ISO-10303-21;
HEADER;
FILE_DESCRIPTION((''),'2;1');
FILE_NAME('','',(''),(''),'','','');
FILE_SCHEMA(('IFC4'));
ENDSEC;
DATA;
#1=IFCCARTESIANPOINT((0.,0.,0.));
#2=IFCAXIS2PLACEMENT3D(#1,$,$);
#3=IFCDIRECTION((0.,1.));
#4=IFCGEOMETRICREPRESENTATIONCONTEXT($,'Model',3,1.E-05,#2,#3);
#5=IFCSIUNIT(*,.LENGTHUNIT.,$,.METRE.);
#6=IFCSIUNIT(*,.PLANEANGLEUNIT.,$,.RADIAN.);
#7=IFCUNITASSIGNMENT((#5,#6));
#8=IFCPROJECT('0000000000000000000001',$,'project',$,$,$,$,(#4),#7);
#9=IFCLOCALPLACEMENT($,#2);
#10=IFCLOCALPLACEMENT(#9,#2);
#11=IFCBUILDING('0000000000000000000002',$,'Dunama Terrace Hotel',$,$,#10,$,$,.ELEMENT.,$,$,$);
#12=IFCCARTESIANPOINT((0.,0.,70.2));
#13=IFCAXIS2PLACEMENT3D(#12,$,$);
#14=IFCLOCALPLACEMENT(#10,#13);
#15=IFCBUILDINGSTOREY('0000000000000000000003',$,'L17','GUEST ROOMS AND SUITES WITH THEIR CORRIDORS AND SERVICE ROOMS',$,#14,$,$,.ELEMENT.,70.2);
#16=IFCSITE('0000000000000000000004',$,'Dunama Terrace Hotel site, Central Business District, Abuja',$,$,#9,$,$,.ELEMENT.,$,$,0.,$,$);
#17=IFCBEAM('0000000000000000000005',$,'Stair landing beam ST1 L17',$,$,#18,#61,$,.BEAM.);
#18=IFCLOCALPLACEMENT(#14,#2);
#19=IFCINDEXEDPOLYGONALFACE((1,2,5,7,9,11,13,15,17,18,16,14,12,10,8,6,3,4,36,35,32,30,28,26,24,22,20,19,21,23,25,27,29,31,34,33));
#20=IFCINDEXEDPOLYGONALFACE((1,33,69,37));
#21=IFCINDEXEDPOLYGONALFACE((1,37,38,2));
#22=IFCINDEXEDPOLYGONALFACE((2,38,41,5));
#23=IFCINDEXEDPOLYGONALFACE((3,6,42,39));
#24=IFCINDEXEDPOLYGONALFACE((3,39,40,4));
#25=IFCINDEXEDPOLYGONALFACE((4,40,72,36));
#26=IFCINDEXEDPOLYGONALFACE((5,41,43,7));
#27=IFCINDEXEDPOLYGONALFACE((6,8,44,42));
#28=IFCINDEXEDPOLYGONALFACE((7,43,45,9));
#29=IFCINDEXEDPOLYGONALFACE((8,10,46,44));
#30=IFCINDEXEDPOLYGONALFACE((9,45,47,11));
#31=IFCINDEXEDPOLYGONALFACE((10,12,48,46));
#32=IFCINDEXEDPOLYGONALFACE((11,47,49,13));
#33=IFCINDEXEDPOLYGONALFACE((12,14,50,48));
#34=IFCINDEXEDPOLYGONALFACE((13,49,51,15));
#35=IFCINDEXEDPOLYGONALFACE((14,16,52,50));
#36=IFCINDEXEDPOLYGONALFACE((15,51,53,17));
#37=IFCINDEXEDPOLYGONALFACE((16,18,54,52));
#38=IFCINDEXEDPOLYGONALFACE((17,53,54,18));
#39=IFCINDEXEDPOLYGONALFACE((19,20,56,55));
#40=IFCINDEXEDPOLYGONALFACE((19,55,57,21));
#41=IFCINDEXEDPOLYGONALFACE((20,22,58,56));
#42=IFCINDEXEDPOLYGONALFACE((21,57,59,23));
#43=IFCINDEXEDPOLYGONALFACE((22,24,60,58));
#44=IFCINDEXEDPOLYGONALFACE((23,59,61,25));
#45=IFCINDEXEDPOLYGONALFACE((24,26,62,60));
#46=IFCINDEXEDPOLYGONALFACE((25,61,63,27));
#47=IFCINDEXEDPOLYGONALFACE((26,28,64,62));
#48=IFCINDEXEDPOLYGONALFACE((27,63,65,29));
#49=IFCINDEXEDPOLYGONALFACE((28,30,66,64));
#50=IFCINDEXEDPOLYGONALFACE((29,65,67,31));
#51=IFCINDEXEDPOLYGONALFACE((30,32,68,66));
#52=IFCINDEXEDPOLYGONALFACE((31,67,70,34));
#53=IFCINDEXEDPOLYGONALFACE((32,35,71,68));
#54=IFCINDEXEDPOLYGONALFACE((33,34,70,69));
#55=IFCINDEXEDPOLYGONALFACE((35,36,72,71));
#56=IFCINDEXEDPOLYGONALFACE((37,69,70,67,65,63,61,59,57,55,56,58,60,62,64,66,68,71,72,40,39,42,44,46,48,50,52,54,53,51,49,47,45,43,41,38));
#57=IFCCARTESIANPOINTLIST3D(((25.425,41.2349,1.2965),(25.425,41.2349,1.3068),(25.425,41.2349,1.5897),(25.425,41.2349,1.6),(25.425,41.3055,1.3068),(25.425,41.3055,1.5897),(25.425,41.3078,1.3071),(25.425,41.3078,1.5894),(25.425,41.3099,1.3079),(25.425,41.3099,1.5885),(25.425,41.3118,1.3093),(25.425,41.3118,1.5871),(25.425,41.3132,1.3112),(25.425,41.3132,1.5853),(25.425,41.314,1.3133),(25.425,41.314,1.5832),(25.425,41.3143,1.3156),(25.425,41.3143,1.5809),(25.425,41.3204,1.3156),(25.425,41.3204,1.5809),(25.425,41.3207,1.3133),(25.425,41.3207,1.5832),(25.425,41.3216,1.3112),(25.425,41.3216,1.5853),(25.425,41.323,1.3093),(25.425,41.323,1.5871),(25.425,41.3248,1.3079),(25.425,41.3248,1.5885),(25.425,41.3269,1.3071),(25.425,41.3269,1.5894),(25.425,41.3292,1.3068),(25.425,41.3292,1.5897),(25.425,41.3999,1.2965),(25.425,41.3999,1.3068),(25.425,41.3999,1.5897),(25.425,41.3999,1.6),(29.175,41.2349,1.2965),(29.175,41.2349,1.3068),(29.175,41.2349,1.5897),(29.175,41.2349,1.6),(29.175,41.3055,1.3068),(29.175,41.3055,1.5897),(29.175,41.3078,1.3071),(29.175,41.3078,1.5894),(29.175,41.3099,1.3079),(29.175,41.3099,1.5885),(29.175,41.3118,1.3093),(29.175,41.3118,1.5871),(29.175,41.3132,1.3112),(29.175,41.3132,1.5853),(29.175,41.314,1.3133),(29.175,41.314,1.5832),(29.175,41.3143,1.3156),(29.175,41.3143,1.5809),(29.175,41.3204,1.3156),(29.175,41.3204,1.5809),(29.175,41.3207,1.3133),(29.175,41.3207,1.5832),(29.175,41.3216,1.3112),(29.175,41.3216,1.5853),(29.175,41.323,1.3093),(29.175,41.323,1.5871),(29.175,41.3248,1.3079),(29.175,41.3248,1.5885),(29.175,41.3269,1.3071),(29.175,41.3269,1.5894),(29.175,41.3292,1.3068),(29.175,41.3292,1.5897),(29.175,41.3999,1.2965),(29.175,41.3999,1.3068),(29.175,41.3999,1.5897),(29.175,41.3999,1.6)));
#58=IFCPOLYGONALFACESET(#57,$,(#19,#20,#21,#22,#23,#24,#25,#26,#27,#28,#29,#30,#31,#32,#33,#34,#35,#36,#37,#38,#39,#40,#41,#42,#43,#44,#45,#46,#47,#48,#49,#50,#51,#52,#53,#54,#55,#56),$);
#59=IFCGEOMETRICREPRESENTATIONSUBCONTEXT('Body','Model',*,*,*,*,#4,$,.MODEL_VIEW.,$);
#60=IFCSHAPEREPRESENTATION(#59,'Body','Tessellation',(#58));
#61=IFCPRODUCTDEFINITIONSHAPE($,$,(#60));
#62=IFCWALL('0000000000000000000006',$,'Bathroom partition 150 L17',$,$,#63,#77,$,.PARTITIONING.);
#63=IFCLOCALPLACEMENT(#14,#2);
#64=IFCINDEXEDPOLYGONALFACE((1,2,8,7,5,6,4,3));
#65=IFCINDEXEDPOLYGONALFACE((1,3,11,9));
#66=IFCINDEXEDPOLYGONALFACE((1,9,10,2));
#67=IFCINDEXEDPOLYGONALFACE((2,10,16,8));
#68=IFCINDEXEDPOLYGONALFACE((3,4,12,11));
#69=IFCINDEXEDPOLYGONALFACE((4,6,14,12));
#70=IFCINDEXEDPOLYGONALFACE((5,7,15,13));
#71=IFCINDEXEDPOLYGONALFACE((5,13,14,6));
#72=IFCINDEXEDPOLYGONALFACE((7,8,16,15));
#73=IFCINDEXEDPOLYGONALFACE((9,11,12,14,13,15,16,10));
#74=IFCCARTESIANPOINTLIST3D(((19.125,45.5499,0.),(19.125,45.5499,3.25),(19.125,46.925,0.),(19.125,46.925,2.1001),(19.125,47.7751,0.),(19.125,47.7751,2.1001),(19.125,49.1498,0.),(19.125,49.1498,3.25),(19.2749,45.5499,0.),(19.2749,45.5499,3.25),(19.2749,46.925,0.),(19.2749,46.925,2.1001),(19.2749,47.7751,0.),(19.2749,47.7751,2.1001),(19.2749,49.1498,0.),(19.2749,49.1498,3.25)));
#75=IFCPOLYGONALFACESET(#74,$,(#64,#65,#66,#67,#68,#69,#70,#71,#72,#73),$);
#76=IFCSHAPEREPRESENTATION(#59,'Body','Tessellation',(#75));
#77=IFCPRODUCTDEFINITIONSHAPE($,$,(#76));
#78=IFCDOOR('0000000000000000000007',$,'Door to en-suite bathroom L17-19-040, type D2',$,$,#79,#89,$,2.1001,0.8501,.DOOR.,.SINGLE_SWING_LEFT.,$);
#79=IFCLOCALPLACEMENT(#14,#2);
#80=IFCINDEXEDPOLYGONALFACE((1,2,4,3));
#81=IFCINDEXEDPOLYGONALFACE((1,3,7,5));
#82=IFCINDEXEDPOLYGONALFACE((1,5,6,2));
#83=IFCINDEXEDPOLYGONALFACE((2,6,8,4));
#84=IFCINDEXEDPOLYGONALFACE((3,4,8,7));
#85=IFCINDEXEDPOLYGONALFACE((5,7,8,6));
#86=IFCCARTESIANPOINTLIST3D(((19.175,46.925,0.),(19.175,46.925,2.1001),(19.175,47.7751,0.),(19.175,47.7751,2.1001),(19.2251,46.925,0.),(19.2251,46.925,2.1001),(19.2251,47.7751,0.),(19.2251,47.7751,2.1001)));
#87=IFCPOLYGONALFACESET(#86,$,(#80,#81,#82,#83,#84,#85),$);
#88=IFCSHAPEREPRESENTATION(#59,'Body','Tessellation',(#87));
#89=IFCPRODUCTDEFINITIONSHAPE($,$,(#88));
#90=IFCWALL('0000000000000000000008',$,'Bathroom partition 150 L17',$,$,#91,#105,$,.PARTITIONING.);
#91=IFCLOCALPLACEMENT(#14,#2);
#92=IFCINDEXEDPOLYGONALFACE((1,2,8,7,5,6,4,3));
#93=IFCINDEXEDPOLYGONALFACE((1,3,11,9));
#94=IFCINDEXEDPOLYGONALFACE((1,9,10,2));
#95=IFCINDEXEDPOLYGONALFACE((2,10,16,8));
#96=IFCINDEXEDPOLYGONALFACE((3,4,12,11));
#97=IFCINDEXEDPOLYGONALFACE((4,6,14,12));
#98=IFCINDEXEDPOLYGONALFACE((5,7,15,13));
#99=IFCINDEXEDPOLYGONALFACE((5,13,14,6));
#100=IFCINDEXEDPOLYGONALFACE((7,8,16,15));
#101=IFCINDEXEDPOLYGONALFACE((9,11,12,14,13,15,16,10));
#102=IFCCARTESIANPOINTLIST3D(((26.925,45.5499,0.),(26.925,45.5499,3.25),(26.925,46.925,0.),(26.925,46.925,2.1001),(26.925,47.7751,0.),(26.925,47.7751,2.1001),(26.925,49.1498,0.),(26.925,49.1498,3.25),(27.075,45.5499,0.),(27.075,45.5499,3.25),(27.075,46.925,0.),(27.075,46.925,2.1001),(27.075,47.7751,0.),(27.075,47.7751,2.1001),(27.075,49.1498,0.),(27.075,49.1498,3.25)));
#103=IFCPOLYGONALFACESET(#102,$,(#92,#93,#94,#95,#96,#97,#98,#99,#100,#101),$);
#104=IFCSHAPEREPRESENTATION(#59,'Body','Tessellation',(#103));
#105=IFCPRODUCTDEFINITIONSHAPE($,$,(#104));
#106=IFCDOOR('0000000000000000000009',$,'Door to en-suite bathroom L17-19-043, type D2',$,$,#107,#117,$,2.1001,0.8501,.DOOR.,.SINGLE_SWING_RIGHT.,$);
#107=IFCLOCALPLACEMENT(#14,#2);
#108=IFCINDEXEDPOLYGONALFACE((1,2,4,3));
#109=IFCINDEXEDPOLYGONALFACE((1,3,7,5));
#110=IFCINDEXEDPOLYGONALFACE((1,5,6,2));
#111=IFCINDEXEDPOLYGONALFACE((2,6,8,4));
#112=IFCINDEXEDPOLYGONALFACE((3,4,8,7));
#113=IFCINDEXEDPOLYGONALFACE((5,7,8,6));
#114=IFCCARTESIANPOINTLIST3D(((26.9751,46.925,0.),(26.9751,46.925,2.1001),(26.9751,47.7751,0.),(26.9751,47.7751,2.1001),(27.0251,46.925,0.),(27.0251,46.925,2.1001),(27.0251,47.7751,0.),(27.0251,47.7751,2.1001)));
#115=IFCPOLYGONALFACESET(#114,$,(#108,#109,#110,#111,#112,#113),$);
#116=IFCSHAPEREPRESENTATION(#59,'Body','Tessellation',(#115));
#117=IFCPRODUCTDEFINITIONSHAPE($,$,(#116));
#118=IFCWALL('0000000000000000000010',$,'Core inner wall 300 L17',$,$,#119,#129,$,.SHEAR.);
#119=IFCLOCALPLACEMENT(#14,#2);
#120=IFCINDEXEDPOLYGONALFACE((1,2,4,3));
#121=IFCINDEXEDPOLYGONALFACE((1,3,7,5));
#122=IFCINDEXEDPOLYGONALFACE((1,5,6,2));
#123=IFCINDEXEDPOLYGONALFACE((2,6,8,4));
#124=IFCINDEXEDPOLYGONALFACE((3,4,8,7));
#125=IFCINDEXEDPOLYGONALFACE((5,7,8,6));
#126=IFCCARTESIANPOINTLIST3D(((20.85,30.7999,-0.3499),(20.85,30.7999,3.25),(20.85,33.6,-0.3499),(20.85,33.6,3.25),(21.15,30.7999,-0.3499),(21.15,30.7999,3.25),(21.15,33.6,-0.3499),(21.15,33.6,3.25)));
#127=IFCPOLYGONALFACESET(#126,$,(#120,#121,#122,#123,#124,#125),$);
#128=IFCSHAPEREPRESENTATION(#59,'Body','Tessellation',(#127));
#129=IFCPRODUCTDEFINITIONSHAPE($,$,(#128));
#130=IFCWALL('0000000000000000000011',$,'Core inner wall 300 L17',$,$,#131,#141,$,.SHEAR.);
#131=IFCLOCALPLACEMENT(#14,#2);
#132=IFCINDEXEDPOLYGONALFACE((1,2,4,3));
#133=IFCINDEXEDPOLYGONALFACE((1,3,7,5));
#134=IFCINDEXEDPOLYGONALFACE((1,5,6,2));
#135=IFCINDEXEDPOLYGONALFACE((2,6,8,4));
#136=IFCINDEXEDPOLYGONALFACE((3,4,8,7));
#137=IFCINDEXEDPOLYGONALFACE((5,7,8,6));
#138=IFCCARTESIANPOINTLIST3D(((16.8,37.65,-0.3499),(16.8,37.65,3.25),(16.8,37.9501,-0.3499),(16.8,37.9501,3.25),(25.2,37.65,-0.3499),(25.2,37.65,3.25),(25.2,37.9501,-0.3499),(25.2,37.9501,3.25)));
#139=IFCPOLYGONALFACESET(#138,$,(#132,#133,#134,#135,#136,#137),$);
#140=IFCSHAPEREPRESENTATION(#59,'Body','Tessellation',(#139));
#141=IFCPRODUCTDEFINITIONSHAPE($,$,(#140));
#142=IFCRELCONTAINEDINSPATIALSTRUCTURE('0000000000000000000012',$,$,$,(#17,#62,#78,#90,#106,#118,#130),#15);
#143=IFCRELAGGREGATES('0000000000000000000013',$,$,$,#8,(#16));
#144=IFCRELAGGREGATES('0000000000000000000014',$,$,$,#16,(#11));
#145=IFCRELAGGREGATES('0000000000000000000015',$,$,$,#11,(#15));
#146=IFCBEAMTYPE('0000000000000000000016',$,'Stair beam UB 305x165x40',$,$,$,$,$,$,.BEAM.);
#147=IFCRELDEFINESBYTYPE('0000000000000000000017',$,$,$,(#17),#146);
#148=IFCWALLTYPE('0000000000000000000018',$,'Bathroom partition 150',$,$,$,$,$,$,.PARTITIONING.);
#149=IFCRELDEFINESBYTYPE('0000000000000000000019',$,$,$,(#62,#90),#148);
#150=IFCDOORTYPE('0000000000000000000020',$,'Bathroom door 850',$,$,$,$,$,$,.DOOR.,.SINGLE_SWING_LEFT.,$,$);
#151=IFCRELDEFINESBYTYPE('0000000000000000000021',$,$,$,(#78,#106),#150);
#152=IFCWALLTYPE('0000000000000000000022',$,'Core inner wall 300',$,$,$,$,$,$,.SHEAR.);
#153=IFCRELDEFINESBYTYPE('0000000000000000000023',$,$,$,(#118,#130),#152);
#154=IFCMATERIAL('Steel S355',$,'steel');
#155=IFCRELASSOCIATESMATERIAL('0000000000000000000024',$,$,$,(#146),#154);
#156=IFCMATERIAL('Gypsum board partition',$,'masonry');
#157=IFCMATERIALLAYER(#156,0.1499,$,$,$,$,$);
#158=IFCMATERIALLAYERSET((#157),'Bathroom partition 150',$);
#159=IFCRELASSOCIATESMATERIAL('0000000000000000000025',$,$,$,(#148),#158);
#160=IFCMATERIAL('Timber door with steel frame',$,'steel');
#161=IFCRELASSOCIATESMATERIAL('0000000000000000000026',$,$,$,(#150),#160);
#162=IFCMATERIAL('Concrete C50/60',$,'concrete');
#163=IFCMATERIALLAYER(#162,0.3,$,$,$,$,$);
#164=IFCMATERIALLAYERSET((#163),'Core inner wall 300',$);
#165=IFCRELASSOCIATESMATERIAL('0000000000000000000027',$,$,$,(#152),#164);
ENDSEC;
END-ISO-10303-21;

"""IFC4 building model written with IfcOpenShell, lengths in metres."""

from ifc_helpers import new_model, si_unit, direction, frame, frame_2d, origin, origin_2d, place, context, subcontext, project, spatial, rectangle, i_section, extrude, material, layer, layer_set, material_profile, profile_set, type_object, element, fill, save


model = new_model("IFC4")

# Units and contexts
model_context = context("Model", 3, precision=1e-05, world=origin(), true_north=direction((0.0, 1.0)))
body_context = subcontext(model_context, "Body", "Model", "MODEL_VIEW")
ifc_project = project(units=[si_unit("LENGTHUNIT", "METRE"), si_unit("PLANEANGLEUNIT", "RADIAN")], contexts=[model_context])

# Site, building, storey
site_placement = place(None, origin())
site = spatial("IfcSite", under=ifc_project, at=site_placement, Name="Dunama Terrace Hotel site, Central Business District, Abuja", CompositionType="ELEMENT", RefElevation=0.0)
building_placement = place(site_placement, origin())
building = spatial("IfcBuilding", under=site, at=building_placement, Name="Dunama Terrace Hotel", CompositionType="ELEMENT")
storey_placement = place(building_placement, frame((0.0, 0.0, 70.2)))
storey = spatial("IfcBuildingStorey", under=building, at=storey_placement, Name="L17", Description="GUEST ROOMS AND SUITES WITH THEIR CORRIDORS AND SERVICE ROOMS", CompositionType="ELEMENT", Elevation=70.2)

# Beam
ifc_material_1 = material(Name="Steel S355", Category="steel")
ifc_material_profile = material_profile(ifc_material_1, i_section(OverallWidth=0.165, OverallDepth=0.3035, WebThickness=0.0061, FlangeThickness=0.0103, FilletRadius=0.0088, at=origin_2d()), Name="UB 305x165x40")
ifc_profile_set = profile_set([ifc_material_profile], Name="Steel S355")
beam_type = type_object("IfcBeamType", Name="Stair beam UB 305x165x40", PredefinedType="BEAM", material=ifc_profile_set)
beam_placement = place(storey_placement, frame((25.425, 41.3174, 1.4482), z_axis=(1.0, 0.0, 0.0), x_axis=(0.0, 1.0, 0.0)))
element("IfcBeam", 1, at=beam_placement, inside=storey, type_object=beam_type, Name="Stair landing beam ST1 L17", PredefinedType="BEAM", context=body_context, shape_type="SweptSolid", body=[
    extrude(i_section(OverallWidth=0.165, OverallDepth=0.3035, WebThickness=0.0061, FlangeThickness=0.0103, FilletRadius=0.0088, at=origin_2d()), origin(), (0.0, 0.0, 1.0), 3.75),
])

# Walls, openings, doors
ifc_material_2 = material(Name="Gypsum board partition", Category="masonry")
ifc_layer_1 = layer(ifc_material_2, 0.1499)
ifc_layer_set_1 = layer_set([ifc_layer_1], Name="Bathroom partition 150")
wall_type_1 = type_object("IfcWallType", Name="Bathroom partition 150", PredefinedType="PARTITIONING", material=ifc_layer_set_1)
wall_1_placement = place(storey_placement, frame((19.2, 45.55, 0.0), z_axis=(0.0, 0.0, 1.0), x_axis=(0.0, 1.0, 0.0)))
wall_1 = element("IfcWall", 2, at=wall_1_placement, inside=storey, type_object=wall_type_1, Name="Bathroom partition 150 L17", PredefinedType="PARTITIONING", context=body_context, shape_type="SweptSolid", body=[
    extrude(rectangle(XDim=3.5999, YDim=0.1499, at=frame_2d((1.7998, 0.0))), origin(), (0.0, 0.0, 1.0), 3.25),
])
opening_1_placement = place(wall_1_placement, frame((1.375, 0.0, 0.0)))
opening_1 = element("IfcOpeningElement", 3, at=opening_1_placement, cuts=wall_1, PredefinedType="OPENING", context=body_context, shape_type="SweptSolid", body=[
    extrude(rectangle(XDim=0.8501, YDim=2.1001, at=frame_2d((0.425, 1.05))), frame((0.0, 0.085, 0.0), z_axis=(0.0, -1.0, 0.0), x_axis=(1.0, 0.0, 0.0)), (0.0, 0.0, 1.0), 0.1699),
])
ifc_material_3 = material(Name="Timber door with steel frame", Category="steel")
door_type_1 = type_object("IfcDoorType", Name="Bathroom door 850", OperationType="SINGLE_SWING_LEFT", PredefinedType="DOOR", material=ifc_material_3)
door_1_placement = place(opening_1_placement, origin())
door_1 = element("IfcDoor", 4, at=door_1_placement, inside=storey, type_object=door_type_1, Name="Door to en-suite bathroom L17-19-040, type D2", OperationType="SINGLE_SWING_LEFT", OverallHeight=2.1001, OverallWidth=0.8501, PredefinedType="DOOR", context=body_context, shape_type="SweptSolid", body=[
    extrude(rectangle(XDim=0.8501, YDim=2.1001, at=frame_2d((0.425, 1.05))), frame((0.0, 0.0249, 0.0), z_axis=(0.0, -1.0, 0.0), x_axis=(1.0, 0.0, 0.0)), (0.0, 0.0, 1.0), 0.05),
])
fill(opening_1, door_1)
wall_2_placement = place(storey_placement, frame((27.0, 45.55, 0.0), z_axis=(0.0, 0.0, 1.0), x_axis=(0.0, 1.0, 0.0)))
wall_2 = element("IfcWall", 5, at=wall_2_placement, inside=storey, type_object=wall_type_1, Name="Bathroom partition 150 L17", PredefinedType="PARTITIONING", context=body_context, shape_type="SweptSolid", body=[
    extrude(rectangle(XDim=3.5999, YDim=0.1499, at=frame_2d((1.7998, 0.0))), origin(), (0.0, 0.0, 1.0), 3.25),
])
opening_2_placement = place(wall_2_placement, frame((1.375, 0.0, 0.0)))
opening_2 = element("IfcOpeningElement", 6, at=opening_2_placement, cuts=wall_2, PredefinedType="OPENING", context=body_context, shape_type="SweptSolid", body=[
    extrude(rectangle(XDim=0.8501, YDim=2.1001, at=frame_2d((0.425, 1.05))), frame((0.0, 0.085, 0.0), z_axis=(0.0, -1.0, 0.0), x_axis=(1.0, 0.0, 0.0)), (0.0, 0.0, 1.0), 0.1699),
])
door_2_placement = place(opening_2_placement, frame((0.8501, 0.0, 0.0), z_axis=(0.0, 0.0, 1.0), x_axis=(-1.0, 0.0, 0.0)))
door_2 = element("IfcDoor", 7, at=door_2_placement, inside=storey, type_object=door_type_1, Name="Door to en-suite bathroom L17-19-043, type D2", OperationType="SINGLE_SWING_RIGHT", OverallHeight=2.1001, OverallWidth=0.8501, PredefinedType="DOOR", context=body_context, shape_type="SweptSolid", body=[
    extrude(rectangle(XDim=0.8501, YDim=2.1001, at=frame_2d((0.425, 1.05))), frame((0.0, 0.0251, 0.0), z_axis=(0.0, -1.0, 0.0), x_axis=(1.0, 0.0, 0.0)), (0.0, 0.0, 1.0), 0.05),
])
fill(opening_2, door_2)

# Walls
ifc_material_4 = material(Name="Concrete C50/60", Category="concrete")
ifc_layer_2 = layer(ifc_material_4, 0.3)
ifc_layer_set_2 = layer_set([ifc_layer_2], Name="Core inner wall 300")
wall_type_2 = type_object("IfcWallType", Name="Core inner wall 300", PredefinedType="SHEAR", material=ifc_layer_set_2)
wall_3_placement = place(storey_placement, frame((21.0, 30.8, -0.3499), z_axis=(0.0, 0.0, 1.0), x_axis=(0.0, 1.0, 0.0)))
element("IfcWall", 8, at=wall_3_placement, inside=storey, type_object=wall_type_2, Name="Core inner wall 300 L17", PredefinedType="SHEAR", context=body_context, shape_type="SweptSolid", body=[
    extrude(rectangle(XDim=2.8, YDim=0.3, at=frame_2d((1.3999, 0.0))), origin(), (0.0, 0.0, 1.0), 3.5999),
])
wall_4_placement = place(storey_placement, frame((16.8, 37.8, -0.3499), z_axis=(0.0, 0.0, 1.0), x_axis=(1.0, 0.0, 0.0)))
element("IfcWall", 9, at=wall_4_placement, inside=storey, type_object=wall_type_2, Name="Core inner wall 300 L17", PredefinedType="SHEAR", context=body_context, shape_type="SweptSolid", body=[
    extrude(rectangle(XDim=8.3999, YDim=0.3, at=frame_2d((4.2, 0.0))), origin(), (0.0, 0.0, 1.0), 3.5999),
])

save(model, "model.ifc")
